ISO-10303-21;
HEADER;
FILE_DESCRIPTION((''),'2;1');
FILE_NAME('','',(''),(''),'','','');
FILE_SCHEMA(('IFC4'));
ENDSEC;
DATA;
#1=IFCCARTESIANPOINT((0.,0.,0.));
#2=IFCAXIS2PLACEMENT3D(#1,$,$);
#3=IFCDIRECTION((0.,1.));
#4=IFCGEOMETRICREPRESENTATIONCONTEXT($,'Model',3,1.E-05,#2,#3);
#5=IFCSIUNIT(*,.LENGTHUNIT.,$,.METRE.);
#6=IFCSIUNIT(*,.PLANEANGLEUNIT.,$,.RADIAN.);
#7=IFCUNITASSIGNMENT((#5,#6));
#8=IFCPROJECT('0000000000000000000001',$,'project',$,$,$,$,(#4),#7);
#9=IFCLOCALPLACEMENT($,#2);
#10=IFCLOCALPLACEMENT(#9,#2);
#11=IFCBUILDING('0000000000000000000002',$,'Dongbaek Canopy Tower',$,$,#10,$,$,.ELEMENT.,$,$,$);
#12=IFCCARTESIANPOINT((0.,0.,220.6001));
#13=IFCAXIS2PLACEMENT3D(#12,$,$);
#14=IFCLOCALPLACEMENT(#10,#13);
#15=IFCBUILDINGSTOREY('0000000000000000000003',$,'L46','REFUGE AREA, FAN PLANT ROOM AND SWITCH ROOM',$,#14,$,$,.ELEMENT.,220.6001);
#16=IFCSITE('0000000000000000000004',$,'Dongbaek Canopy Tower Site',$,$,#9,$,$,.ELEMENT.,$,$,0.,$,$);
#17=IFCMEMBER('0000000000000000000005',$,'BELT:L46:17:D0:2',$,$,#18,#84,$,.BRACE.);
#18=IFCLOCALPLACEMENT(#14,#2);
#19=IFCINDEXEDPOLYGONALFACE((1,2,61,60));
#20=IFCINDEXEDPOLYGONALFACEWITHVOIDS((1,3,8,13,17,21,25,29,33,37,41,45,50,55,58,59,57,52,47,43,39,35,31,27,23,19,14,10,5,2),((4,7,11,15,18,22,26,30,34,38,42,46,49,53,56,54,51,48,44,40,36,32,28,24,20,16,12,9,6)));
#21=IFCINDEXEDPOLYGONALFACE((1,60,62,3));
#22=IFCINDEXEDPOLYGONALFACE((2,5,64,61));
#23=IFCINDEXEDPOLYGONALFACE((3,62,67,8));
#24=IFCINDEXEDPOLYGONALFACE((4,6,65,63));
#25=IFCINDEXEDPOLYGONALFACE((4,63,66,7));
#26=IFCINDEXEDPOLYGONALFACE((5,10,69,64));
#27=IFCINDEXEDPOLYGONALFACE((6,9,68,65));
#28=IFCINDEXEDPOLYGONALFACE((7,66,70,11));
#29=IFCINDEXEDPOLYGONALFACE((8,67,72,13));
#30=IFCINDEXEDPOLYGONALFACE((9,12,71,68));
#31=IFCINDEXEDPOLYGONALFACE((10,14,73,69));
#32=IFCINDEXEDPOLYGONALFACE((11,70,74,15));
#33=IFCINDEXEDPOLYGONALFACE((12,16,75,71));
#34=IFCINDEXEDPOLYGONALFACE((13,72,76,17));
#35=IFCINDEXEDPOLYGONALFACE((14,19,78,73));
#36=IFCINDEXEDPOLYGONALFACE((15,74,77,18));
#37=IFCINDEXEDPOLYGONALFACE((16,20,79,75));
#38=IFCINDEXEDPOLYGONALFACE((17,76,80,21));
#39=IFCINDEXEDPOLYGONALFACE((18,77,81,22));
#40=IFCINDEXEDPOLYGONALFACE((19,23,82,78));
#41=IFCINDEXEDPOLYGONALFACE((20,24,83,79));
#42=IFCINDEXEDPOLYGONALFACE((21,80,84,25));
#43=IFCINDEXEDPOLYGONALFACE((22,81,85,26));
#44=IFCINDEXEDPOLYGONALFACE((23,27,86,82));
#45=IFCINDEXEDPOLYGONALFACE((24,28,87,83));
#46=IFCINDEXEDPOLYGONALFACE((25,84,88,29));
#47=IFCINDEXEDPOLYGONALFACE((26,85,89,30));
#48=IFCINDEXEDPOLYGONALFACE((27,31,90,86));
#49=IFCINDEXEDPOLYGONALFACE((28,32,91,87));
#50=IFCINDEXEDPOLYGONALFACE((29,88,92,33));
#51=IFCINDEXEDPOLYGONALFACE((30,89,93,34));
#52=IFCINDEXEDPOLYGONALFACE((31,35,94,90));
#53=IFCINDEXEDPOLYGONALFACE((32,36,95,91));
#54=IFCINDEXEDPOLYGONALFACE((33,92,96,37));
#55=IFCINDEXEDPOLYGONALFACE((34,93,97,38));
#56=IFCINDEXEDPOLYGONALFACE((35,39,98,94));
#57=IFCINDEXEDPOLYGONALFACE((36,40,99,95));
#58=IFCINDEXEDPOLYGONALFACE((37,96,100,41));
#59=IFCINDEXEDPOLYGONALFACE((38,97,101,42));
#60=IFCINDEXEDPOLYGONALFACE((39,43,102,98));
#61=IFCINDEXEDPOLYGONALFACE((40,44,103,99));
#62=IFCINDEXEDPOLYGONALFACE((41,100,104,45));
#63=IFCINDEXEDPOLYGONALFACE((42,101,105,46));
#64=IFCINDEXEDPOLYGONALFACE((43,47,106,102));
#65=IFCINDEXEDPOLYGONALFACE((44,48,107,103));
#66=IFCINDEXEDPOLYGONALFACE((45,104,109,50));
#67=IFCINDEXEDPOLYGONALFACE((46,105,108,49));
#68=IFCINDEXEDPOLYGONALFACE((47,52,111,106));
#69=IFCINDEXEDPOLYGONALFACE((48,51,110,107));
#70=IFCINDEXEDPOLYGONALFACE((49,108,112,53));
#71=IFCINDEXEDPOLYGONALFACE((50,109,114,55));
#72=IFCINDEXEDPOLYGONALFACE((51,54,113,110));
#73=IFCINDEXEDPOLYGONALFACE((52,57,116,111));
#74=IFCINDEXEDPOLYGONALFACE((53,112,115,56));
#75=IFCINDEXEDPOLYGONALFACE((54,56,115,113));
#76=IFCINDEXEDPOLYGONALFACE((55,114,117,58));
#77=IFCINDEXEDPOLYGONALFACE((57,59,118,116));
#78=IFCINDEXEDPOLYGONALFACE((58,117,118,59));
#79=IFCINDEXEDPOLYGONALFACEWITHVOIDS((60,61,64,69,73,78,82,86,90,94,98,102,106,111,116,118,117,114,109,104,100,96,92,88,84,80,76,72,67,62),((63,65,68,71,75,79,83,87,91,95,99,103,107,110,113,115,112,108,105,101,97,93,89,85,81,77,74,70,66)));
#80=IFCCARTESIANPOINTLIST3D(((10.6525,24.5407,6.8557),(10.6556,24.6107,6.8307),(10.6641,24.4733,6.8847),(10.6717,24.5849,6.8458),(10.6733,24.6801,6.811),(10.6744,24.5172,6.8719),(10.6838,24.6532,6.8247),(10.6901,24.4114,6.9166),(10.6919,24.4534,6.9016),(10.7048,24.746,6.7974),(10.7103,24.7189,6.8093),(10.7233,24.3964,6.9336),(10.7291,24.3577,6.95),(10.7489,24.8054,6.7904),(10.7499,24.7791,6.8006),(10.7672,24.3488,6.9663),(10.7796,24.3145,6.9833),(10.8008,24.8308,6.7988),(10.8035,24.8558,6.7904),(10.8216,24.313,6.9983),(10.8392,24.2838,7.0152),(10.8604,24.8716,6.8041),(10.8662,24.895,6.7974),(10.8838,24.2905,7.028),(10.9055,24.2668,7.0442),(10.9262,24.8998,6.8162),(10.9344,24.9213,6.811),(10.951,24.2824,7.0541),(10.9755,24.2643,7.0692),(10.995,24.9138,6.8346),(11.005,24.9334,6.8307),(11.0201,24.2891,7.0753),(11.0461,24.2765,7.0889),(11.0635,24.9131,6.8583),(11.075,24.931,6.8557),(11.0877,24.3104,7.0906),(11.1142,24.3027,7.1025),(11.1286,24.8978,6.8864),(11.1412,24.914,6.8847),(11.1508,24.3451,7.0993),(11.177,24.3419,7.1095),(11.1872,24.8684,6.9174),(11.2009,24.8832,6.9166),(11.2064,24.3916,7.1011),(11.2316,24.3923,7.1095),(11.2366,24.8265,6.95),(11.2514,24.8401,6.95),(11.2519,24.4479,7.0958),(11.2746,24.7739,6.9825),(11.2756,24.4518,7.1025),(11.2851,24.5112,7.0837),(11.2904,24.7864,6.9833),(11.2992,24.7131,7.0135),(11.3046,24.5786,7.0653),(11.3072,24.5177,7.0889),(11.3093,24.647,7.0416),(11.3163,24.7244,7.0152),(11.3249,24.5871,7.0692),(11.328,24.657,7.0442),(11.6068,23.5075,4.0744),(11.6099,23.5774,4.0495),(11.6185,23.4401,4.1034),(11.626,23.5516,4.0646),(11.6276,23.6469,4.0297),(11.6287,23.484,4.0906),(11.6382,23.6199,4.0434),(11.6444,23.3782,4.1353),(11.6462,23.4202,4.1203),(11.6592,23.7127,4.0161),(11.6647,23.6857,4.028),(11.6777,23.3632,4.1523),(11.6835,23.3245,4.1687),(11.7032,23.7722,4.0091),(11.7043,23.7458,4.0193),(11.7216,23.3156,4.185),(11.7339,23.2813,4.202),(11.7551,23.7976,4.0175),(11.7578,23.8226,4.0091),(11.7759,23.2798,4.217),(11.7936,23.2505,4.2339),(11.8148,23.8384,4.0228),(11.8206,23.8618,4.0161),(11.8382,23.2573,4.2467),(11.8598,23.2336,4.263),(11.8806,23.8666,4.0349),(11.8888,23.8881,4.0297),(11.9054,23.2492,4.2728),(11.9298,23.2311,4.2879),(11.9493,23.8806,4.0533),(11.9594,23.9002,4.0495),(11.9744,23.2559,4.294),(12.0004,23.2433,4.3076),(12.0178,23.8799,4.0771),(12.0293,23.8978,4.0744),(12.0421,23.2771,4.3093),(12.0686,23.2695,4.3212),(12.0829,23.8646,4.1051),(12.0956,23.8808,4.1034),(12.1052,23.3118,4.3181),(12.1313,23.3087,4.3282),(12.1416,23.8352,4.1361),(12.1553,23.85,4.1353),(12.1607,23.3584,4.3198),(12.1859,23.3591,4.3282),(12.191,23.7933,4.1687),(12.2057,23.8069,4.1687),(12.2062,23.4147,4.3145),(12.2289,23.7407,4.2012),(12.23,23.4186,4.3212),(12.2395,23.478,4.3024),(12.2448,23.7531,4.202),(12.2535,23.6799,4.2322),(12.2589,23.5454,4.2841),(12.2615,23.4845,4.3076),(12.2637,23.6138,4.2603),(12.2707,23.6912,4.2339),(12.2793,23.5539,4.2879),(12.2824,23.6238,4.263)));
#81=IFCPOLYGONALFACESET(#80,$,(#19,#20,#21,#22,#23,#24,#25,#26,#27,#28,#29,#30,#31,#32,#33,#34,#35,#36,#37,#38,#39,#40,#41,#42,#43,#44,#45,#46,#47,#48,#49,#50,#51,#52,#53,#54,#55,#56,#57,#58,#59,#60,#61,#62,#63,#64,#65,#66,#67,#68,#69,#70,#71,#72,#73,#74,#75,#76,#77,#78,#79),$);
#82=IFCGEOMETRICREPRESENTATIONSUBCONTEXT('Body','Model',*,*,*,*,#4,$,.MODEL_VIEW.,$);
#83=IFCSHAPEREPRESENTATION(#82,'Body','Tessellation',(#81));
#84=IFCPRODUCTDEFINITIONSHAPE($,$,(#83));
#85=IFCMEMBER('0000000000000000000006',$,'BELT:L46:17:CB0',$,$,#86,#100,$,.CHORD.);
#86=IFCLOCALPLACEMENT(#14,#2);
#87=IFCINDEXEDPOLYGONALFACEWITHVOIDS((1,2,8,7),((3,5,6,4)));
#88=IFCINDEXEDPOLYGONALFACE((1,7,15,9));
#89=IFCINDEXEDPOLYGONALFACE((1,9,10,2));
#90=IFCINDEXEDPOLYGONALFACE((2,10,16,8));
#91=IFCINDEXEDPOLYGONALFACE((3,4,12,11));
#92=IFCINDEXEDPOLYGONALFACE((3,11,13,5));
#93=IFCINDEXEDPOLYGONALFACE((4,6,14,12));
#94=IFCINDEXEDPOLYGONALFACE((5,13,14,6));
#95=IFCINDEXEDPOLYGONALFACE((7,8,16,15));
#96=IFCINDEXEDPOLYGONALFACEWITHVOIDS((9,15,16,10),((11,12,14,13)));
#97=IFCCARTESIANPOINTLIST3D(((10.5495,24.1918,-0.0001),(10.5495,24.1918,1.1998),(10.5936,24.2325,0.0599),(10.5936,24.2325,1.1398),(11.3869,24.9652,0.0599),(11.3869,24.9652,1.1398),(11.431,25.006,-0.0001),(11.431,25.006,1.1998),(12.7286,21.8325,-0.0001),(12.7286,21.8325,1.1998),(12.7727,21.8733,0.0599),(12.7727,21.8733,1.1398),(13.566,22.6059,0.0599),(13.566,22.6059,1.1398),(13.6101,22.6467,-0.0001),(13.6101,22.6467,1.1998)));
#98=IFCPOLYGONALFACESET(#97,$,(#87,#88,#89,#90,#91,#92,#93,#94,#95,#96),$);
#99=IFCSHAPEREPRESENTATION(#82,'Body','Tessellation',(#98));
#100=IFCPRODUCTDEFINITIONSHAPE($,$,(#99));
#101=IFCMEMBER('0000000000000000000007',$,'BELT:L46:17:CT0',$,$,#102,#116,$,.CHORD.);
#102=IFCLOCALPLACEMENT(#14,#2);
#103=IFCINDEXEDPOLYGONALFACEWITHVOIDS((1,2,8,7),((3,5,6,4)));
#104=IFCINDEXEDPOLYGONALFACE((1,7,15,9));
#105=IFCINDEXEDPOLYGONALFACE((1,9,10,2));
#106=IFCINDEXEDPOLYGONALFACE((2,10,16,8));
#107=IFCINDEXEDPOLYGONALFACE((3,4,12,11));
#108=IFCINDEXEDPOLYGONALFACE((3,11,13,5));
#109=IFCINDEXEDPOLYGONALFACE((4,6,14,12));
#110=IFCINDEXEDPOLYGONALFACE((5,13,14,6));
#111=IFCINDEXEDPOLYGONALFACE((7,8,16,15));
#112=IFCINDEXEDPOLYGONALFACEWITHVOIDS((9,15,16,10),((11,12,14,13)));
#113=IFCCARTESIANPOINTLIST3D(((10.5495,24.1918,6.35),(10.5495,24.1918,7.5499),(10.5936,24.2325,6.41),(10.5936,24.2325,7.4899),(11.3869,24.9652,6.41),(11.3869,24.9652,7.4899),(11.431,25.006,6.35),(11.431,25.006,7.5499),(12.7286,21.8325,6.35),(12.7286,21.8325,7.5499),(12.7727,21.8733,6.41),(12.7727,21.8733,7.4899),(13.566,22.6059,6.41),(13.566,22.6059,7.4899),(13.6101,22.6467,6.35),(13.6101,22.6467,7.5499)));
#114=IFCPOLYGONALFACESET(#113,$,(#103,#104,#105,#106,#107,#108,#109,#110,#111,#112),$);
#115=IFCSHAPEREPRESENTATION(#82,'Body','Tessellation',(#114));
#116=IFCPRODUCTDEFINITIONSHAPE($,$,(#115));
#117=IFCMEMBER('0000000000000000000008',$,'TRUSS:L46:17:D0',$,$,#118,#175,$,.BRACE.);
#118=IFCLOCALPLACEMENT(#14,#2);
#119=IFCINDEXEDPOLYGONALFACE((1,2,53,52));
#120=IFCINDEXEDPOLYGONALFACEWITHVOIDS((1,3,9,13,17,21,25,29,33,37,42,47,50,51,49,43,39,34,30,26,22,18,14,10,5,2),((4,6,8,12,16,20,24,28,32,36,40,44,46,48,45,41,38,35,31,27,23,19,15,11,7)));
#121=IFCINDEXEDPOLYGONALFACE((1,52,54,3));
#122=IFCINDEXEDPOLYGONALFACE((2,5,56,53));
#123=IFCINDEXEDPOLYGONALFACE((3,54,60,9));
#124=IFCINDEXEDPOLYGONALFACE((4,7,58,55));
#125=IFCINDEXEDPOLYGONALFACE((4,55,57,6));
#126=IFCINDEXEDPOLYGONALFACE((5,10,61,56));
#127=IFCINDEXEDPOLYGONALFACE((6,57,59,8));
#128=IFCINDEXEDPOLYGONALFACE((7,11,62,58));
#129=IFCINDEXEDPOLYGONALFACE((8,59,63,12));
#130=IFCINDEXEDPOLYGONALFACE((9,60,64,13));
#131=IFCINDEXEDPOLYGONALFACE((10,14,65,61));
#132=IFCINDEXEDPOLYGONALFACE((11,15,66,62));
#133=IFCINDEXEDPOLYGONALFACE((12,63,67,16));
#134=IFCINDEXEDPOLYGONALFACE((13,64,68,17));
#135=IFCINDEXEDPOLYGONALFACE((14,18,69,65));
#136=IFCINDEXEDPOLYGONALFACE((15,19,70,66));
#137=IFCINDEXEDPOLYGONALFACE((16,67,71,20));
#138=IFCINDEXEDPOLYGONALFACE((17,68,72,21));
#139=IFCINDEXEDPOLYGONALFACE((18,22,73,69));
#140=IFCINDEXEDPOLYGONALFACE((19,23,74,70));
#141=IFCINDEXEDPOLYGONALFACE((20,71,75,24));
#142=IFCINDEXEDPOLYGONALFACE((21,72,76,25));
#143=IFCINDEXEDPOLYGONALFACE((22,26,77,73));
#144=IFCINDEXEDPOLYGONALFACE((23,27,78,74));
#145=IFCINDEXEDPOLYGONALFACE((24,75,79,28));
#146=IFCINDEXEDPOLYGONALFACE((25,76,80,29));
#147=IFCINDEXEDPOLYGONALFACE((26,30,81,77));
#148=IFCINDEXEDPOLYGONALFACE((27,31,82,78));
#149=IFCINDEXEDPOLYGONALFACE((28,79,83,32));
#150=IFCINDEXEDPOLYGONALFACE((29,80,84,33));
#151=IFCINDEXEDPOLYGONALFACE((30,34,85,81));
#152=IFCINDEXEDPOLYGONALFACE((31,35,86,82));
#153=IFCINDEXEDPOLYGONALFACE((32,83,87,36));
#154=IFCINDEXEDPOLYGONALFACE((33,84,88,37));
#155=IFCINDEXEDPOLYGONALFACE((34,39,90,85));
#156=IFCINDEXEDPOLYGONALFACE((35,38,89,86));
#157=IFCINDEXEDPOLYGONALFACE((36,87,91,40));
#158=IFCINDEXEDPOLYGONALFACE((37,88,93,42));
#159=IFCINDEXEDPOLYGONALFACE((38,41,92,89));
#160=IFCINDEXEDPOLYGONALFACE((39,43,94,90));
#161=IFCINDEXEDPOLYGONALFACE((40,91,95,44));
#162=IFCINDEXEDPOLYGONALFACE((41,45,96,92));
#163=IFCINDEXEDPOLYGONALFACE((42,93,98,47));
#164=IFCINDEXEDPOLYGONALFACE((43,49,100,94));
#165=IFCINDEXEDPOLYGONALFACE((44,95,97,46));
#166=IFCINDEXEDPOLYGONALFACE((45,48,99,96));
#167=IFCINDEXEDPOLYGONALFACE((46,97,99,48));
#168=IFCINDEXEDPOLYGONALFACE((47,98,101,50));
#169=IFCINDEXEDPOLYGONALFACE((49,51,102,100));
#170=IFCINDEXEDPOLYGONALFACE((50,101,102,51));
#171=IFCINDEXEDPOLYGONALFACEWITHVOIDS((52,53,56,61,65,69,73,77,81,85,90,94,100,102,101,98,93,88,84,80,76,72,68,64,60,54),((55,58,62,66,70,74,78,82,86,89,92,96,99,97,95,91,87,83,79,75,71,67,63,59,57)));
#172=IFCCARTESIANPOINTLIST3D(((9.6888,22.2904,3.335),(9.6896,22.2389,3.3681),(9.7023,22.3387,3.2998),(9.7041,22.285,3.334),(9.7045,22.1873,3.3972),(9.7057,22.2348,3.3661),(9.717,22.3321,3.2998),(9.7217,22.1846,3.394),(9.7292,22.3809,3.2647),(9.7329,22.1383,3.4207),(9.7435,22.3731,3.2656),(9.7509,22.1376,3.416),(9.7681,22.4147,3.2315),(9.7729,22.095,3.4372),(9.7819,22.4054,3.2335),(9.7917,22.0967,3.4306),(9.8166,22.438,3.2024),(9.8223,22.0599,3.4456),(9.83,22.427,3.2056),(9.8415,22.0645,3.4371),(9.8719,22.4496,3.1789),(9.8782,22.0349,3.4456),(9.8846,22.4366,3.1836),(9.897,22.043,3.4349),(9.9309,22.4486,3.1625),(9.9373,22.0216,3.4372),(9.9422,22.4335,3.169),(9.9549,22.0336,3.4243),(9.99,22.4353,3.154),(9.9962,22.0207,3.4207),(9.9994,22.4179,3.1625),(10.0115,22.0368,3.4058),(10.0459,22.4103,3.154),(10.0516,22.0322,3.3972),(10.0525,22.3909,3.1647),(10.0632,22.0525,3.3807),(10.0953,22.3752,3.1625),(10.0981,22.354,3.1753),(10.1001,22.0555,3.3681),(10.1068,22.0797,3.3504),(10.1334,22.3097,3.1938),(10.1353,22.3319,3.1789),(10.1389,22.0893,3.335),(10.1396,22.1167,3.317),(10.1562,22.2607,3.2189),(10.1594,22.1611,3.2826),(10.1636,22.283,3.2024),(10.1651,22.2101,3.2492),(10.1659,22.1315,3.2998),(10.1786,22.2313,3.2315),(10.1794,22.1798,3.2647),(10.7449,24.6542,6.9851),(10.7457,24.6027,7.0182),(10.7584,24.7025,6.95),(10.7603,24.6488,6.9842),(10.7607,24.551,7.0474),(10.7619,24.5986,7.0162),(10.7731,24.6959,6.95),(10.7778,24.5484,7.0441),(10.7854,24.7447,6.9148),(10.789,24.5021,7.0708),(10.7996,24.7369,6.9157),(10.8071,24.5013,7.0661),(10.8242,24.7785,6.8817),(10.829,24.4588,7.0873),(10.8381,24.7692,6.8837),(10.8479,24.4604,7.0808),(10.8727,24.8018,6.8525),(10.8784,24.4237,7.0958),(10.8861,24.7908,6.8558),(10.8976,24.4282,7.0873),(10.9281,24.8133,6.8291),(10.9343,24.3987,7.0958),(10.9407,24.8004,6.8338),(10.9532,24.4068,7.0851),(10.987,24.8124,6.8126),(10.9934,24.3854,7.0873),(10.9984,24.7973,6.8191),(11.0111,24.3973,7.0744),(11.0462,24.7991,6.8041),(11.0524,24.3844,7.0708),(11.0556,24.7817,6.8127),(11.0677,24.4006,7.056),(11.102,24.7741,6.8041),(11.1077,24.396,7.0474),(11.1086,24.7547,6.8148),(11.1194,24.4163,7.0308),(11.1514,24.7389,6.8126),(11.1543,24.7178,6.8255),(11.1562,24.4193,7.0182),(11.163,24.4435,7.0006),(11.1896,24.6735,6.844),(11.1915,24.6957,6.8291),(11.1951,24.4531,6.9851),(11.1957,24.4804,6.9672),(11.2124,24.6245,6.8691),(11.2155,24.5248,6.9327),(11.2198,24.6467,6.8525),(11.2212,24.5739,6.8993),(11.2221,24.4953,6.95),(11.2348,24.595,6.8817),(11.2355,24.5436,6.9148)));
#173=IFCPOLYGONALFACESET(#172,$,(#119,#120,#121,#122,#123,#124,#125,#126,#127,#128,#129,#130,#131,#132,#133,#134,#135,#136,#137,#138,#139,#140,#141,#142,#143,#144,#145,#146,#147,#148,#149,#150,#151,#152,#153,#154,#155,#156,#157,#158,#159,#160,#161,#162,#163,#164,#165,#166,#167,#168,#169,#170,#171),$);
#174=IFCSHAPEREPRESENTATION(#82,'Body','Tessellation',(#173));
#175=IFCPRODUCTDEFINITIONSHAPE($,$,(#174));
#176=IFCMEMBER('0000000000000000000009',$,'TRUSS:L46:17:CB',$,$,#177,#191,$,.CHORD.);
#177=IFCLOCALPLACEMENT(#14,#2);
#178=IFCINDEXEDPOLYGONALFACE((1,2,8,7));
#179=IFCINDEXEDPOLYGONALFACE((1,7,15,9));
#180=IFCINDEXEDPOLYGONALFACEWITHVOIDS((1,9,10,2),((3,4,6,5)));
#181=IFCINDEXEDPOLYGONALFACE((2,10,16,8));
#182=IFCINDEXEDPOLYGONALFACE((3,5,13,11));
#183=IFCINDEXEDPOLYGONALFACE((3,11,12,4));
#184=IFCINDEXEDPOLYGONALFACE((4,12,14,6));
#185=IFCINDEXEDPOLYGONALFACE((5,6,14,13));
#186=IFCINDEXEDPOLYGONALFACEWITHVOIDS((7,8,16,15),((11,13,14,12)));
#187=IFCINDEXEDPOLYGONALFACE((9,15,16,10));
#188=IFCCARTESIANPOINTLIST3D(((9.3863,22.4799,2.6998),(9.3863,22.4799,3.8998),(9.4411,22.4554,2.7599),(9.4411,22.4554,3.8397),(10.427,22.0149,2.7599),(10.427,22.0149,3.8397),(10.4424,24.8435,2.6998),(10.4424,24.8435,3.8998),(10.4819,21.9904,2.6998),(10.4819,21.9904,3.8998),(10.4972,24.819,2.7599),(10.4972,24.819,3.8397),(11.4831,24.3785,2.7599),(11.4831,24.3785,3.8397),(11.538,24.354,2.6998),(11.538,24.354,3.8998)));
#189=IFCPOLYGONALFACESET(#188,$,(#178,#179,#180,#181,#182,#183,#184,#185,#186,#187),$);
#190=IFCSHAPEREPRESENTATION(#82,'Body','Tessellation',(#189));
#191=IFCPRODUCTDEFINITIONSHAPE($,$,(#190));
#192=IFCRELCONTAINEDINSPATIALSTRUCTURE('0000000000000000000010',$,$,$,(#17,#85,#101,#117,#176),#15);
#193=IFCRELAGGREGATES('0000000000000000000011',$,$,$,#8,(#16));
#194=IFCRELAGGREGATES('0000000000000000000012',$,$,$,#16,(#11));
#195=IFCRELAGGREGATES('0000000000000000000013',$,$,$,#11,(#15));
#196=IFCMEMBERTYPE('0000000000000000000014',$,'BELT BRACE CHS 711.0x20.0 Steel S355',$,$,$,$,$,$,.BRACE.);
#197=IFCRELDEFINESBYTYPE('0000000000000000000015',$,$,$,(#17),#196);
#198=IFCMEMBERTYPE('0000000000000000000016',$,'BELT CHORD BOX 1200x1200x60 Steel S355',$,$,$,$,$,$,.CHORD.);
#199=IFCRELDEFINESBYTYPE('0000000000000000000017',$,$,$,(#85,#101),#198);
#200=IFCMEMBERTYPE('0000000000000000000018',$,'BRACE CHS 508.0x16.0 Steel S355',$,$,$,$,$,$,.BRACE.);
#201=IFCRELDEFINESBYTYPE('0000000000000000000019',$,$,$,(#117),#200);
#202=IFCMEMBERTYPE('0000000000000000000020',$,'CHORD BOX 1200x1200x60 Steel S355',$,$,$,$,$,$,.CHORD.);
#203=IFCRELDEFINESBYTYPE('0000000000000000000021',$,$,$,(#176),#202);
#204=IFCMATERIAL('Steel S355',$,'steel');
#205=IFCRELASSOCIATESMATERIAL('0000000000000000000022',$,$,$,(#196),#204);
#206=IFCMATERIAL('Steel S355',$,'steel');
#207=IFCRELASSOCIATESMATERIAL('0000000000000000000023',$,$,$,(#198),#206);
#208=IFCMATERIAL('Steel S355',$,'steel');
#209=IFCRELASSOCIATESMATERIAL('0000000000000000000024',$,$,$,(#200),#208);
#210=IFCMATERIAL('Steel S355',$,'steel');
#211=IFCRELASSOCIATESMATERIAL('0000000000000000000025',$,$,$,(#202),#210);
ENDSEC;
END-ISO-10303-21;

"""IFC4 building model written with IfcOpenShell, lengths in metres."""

from ifc_helpers import new_model, si_unit, direction, frame, origin, origin_2d, place, context, subcontext, project, spatial, hollow_rectangle, hollow_circle, extrude, material, material_profile, profile_set, type_object, element, save


model = new_model("IFC4")

# Units and contexts
model_context = context("Model", 3, precision=1e-05, world=origin(), true_north=direction((0.0, 1.0)))
body_context = subcontext(model_context, "Body", "Model", "MODEL_VIEW")
ifc_project = project(units=[si_unit("LENGTHUNIT", "METRE"), si_unit("PLANEANGLEUNIT", "RADIAN")], contexts=[model_context])

# Site, building, storey
site_placement = place(None, origin())
site = spatial("IfcSite", under=ifc_project, at=site_placement, Name="Dongbaek Canopy Tower Site", CompositionType="ELEMENT", RefElevation=0.0)
building_placement = place(site_placement, origin())
building = spatial("IfcBuilding", under=site, at=building_placement, Name="Dongbaek Canopy Tower", CompositionType="ELEMENT")
storey_placement = place(building_placement, frame((0.0, 0.0, 220.6001)))
storey = spatial("IfcBuildingStorey", under=building, at=storey_placement, Name="L46", Description="REFUGE AREA, FAN PLANT ROOM AND SWITCH ROOM", CompositionType="ELEMENT", Elevation=220.6001)

# Members
ifc_material_1 = material(Name="Steel S355", Category="steel")
ifc_material_profile_1 = material_profile(ifc_material_1, hollow_circle(Radius=0.3555, WallThickness=0.02, at=origin_2d()), Name="BELT BRACE CHS 711.0x20.0 Steel S355")
ifc_profile_set_1 = profile_set([ifc_material_profile_1], Name="Steel S355")
member_type_1 = type_object("IfcMemberType", Name="BELT BRACE CHS 711.0x20.0 Steel S355", PredefinedType="BRACE", material=ifc_profile_set_1)
member_1_placement = place(storey_placement, frame((10.9902, 24.5989, 6.95), z_axis=(0.306207, -0.331509, -0.892379), x_axis=(0.734584, 0.678518, 0.0)))
element("IfcMember", 1, at=member_1_placement, inside=storey, type_object=member_type_1, Name="BELT:L46:17:D0:2", PredefinedType="BRACE", context=body_context, shape_type="SweptSolid", body=[
    extrude(hollow_circle(Radius=0.3555, WallThickness=0.02, at=origin_2d()), origin(), (0.0, 0.0, 1.0), 3.1167),
])
ifc_material_2 = material(Name="Steel S355", Category="steel")
ifc_material_profile_2 = material_profile(ifc_material_2, hollow_rectangle(XDim=1.2, YDim=1.2, WallThickness=0.0601, at=origin_2d()), Name="BELT CHORD BOX 1200x1200x60 Steel S355")
ifc_profile_set_2 = profile_set([ifc_material_profile_2], Name="Steel S355")
member_type_2 = type_object("IfcMemberType", Name="BELT CHORD BOX 1200x1200x60 Steel S355", PredefinedType="CHORD", material=ifc_profile_set_2)
for number, where, z_axis, x_axis, name in (
    (2, (10.9902, 24.5989, 0.5999), (0.678501, -0.734599, 0.0), (0.734599, 0.678501, 0.0), "BELT:L46:17:CB0"),
    (3, (10.9902, 24.5989, 6.95), (0.678501, -0.734599, 0.0), (0.734599, 0.678501, 0.0), "BELT:L46:17:CT0"),
):
    element("IfcMember", number, at=place(storey_placement, frame(where, z_axis=z_axis, x_axis=x_axis)), inside=storey, type_object=member_type_2, Name=name, PredefinedType="CHORD", context=body_context, shape_type="SweptSolid", body=[
        extrude(hollow_rectangle(XDim=1.2, YDim=1.2, WallThickness=0.0601, at=origin_2d()), origin(), (0.0, 0.0, 1.0), 3.2117),
    ])
ifc_material_3 = material(Name="Steel S355", Category="steel")
ifc_material_profile_3 = material_profile(ifc_material_3, hollow_circle(Radius=0.2539, WallThickness=0.0161, at=origin_2d()), Name="BRACE CHS 508.0x16.0 Steel S355")
ifc_profile_set_3 = profile_set([ifc_material_profile_3], Name="Steel S355")
member_type_3 = type_object("IfcMemberType", Name="BRACE CHS 508.0x16.0 Steel S355", PredefinedType="BRACE", material=ifc_profile_set_3)
member_2_placement = place(storey_placement, frame((9.9341, 22.2351, 3.2998), z_axis=(0.236007, 0.528206, 0.815659), x_axis=(-0.913009, 0.40794, 0.0)))
element("IfcMember", 4, at=member_2_placement, inside=storey, type_object=member_type_3, Name="TRUSS:L46:17:D0", PredefinedType="BRACE", context=body_context, shape_type="SweptSolid", body=[
    extrude(hollow_circle(Radius=0.2539, WallThickness=0.0161, at=origin_2d()), origin(), (0.0, 0.0, 1.0), 4.4751),
])
ifc_material_4 = material(Name="Steel S355", Category="steel")
ifc_material_profile_4 = material_profile(ifc_material_4, hollow_rectangle(XDim=1.2, YDim=1.2, WallThickness=0.0601, at=origin_2d()), Name="CHORD BOX 1200x1200x60 Steel S355")
ifc_profile_set_4 = profile_set([ifc_material_profile_4], Name="Steel S355")
member_type_4 = type_object("IfcMemberType", Name="CHORD BOX 1200x1200x60 Steel S355", PredefinedType="CHORD", material=ifc_profile_set_4)
for number, where, z_axis, x_axis, name in (
    (5, (9.9341, 22.2351, 3.2998), (0.40794, 0.913009, 0.0), (-0.913009, 0.40794, 0.0), "TRUSS:L46:17:CB"),
):
    element("IfcMember", number, at=place(storey_placement, frame(where, z_axis=z_axis, x_axis=x_axis)), inside=storey, type_object=member_type_4, Name=name, PredefinedType="CHORD", context=body_context, shape_type="SweptSolid", body=[
        extrude(hollow_rectangle(XDim=1.2, YDim=1.2, WallThickness=0.0601, at=origin_2d()), origin(), (0.0, 0.0, 1.0), 2.5889),
    ])

save(model, "model.ifc")
